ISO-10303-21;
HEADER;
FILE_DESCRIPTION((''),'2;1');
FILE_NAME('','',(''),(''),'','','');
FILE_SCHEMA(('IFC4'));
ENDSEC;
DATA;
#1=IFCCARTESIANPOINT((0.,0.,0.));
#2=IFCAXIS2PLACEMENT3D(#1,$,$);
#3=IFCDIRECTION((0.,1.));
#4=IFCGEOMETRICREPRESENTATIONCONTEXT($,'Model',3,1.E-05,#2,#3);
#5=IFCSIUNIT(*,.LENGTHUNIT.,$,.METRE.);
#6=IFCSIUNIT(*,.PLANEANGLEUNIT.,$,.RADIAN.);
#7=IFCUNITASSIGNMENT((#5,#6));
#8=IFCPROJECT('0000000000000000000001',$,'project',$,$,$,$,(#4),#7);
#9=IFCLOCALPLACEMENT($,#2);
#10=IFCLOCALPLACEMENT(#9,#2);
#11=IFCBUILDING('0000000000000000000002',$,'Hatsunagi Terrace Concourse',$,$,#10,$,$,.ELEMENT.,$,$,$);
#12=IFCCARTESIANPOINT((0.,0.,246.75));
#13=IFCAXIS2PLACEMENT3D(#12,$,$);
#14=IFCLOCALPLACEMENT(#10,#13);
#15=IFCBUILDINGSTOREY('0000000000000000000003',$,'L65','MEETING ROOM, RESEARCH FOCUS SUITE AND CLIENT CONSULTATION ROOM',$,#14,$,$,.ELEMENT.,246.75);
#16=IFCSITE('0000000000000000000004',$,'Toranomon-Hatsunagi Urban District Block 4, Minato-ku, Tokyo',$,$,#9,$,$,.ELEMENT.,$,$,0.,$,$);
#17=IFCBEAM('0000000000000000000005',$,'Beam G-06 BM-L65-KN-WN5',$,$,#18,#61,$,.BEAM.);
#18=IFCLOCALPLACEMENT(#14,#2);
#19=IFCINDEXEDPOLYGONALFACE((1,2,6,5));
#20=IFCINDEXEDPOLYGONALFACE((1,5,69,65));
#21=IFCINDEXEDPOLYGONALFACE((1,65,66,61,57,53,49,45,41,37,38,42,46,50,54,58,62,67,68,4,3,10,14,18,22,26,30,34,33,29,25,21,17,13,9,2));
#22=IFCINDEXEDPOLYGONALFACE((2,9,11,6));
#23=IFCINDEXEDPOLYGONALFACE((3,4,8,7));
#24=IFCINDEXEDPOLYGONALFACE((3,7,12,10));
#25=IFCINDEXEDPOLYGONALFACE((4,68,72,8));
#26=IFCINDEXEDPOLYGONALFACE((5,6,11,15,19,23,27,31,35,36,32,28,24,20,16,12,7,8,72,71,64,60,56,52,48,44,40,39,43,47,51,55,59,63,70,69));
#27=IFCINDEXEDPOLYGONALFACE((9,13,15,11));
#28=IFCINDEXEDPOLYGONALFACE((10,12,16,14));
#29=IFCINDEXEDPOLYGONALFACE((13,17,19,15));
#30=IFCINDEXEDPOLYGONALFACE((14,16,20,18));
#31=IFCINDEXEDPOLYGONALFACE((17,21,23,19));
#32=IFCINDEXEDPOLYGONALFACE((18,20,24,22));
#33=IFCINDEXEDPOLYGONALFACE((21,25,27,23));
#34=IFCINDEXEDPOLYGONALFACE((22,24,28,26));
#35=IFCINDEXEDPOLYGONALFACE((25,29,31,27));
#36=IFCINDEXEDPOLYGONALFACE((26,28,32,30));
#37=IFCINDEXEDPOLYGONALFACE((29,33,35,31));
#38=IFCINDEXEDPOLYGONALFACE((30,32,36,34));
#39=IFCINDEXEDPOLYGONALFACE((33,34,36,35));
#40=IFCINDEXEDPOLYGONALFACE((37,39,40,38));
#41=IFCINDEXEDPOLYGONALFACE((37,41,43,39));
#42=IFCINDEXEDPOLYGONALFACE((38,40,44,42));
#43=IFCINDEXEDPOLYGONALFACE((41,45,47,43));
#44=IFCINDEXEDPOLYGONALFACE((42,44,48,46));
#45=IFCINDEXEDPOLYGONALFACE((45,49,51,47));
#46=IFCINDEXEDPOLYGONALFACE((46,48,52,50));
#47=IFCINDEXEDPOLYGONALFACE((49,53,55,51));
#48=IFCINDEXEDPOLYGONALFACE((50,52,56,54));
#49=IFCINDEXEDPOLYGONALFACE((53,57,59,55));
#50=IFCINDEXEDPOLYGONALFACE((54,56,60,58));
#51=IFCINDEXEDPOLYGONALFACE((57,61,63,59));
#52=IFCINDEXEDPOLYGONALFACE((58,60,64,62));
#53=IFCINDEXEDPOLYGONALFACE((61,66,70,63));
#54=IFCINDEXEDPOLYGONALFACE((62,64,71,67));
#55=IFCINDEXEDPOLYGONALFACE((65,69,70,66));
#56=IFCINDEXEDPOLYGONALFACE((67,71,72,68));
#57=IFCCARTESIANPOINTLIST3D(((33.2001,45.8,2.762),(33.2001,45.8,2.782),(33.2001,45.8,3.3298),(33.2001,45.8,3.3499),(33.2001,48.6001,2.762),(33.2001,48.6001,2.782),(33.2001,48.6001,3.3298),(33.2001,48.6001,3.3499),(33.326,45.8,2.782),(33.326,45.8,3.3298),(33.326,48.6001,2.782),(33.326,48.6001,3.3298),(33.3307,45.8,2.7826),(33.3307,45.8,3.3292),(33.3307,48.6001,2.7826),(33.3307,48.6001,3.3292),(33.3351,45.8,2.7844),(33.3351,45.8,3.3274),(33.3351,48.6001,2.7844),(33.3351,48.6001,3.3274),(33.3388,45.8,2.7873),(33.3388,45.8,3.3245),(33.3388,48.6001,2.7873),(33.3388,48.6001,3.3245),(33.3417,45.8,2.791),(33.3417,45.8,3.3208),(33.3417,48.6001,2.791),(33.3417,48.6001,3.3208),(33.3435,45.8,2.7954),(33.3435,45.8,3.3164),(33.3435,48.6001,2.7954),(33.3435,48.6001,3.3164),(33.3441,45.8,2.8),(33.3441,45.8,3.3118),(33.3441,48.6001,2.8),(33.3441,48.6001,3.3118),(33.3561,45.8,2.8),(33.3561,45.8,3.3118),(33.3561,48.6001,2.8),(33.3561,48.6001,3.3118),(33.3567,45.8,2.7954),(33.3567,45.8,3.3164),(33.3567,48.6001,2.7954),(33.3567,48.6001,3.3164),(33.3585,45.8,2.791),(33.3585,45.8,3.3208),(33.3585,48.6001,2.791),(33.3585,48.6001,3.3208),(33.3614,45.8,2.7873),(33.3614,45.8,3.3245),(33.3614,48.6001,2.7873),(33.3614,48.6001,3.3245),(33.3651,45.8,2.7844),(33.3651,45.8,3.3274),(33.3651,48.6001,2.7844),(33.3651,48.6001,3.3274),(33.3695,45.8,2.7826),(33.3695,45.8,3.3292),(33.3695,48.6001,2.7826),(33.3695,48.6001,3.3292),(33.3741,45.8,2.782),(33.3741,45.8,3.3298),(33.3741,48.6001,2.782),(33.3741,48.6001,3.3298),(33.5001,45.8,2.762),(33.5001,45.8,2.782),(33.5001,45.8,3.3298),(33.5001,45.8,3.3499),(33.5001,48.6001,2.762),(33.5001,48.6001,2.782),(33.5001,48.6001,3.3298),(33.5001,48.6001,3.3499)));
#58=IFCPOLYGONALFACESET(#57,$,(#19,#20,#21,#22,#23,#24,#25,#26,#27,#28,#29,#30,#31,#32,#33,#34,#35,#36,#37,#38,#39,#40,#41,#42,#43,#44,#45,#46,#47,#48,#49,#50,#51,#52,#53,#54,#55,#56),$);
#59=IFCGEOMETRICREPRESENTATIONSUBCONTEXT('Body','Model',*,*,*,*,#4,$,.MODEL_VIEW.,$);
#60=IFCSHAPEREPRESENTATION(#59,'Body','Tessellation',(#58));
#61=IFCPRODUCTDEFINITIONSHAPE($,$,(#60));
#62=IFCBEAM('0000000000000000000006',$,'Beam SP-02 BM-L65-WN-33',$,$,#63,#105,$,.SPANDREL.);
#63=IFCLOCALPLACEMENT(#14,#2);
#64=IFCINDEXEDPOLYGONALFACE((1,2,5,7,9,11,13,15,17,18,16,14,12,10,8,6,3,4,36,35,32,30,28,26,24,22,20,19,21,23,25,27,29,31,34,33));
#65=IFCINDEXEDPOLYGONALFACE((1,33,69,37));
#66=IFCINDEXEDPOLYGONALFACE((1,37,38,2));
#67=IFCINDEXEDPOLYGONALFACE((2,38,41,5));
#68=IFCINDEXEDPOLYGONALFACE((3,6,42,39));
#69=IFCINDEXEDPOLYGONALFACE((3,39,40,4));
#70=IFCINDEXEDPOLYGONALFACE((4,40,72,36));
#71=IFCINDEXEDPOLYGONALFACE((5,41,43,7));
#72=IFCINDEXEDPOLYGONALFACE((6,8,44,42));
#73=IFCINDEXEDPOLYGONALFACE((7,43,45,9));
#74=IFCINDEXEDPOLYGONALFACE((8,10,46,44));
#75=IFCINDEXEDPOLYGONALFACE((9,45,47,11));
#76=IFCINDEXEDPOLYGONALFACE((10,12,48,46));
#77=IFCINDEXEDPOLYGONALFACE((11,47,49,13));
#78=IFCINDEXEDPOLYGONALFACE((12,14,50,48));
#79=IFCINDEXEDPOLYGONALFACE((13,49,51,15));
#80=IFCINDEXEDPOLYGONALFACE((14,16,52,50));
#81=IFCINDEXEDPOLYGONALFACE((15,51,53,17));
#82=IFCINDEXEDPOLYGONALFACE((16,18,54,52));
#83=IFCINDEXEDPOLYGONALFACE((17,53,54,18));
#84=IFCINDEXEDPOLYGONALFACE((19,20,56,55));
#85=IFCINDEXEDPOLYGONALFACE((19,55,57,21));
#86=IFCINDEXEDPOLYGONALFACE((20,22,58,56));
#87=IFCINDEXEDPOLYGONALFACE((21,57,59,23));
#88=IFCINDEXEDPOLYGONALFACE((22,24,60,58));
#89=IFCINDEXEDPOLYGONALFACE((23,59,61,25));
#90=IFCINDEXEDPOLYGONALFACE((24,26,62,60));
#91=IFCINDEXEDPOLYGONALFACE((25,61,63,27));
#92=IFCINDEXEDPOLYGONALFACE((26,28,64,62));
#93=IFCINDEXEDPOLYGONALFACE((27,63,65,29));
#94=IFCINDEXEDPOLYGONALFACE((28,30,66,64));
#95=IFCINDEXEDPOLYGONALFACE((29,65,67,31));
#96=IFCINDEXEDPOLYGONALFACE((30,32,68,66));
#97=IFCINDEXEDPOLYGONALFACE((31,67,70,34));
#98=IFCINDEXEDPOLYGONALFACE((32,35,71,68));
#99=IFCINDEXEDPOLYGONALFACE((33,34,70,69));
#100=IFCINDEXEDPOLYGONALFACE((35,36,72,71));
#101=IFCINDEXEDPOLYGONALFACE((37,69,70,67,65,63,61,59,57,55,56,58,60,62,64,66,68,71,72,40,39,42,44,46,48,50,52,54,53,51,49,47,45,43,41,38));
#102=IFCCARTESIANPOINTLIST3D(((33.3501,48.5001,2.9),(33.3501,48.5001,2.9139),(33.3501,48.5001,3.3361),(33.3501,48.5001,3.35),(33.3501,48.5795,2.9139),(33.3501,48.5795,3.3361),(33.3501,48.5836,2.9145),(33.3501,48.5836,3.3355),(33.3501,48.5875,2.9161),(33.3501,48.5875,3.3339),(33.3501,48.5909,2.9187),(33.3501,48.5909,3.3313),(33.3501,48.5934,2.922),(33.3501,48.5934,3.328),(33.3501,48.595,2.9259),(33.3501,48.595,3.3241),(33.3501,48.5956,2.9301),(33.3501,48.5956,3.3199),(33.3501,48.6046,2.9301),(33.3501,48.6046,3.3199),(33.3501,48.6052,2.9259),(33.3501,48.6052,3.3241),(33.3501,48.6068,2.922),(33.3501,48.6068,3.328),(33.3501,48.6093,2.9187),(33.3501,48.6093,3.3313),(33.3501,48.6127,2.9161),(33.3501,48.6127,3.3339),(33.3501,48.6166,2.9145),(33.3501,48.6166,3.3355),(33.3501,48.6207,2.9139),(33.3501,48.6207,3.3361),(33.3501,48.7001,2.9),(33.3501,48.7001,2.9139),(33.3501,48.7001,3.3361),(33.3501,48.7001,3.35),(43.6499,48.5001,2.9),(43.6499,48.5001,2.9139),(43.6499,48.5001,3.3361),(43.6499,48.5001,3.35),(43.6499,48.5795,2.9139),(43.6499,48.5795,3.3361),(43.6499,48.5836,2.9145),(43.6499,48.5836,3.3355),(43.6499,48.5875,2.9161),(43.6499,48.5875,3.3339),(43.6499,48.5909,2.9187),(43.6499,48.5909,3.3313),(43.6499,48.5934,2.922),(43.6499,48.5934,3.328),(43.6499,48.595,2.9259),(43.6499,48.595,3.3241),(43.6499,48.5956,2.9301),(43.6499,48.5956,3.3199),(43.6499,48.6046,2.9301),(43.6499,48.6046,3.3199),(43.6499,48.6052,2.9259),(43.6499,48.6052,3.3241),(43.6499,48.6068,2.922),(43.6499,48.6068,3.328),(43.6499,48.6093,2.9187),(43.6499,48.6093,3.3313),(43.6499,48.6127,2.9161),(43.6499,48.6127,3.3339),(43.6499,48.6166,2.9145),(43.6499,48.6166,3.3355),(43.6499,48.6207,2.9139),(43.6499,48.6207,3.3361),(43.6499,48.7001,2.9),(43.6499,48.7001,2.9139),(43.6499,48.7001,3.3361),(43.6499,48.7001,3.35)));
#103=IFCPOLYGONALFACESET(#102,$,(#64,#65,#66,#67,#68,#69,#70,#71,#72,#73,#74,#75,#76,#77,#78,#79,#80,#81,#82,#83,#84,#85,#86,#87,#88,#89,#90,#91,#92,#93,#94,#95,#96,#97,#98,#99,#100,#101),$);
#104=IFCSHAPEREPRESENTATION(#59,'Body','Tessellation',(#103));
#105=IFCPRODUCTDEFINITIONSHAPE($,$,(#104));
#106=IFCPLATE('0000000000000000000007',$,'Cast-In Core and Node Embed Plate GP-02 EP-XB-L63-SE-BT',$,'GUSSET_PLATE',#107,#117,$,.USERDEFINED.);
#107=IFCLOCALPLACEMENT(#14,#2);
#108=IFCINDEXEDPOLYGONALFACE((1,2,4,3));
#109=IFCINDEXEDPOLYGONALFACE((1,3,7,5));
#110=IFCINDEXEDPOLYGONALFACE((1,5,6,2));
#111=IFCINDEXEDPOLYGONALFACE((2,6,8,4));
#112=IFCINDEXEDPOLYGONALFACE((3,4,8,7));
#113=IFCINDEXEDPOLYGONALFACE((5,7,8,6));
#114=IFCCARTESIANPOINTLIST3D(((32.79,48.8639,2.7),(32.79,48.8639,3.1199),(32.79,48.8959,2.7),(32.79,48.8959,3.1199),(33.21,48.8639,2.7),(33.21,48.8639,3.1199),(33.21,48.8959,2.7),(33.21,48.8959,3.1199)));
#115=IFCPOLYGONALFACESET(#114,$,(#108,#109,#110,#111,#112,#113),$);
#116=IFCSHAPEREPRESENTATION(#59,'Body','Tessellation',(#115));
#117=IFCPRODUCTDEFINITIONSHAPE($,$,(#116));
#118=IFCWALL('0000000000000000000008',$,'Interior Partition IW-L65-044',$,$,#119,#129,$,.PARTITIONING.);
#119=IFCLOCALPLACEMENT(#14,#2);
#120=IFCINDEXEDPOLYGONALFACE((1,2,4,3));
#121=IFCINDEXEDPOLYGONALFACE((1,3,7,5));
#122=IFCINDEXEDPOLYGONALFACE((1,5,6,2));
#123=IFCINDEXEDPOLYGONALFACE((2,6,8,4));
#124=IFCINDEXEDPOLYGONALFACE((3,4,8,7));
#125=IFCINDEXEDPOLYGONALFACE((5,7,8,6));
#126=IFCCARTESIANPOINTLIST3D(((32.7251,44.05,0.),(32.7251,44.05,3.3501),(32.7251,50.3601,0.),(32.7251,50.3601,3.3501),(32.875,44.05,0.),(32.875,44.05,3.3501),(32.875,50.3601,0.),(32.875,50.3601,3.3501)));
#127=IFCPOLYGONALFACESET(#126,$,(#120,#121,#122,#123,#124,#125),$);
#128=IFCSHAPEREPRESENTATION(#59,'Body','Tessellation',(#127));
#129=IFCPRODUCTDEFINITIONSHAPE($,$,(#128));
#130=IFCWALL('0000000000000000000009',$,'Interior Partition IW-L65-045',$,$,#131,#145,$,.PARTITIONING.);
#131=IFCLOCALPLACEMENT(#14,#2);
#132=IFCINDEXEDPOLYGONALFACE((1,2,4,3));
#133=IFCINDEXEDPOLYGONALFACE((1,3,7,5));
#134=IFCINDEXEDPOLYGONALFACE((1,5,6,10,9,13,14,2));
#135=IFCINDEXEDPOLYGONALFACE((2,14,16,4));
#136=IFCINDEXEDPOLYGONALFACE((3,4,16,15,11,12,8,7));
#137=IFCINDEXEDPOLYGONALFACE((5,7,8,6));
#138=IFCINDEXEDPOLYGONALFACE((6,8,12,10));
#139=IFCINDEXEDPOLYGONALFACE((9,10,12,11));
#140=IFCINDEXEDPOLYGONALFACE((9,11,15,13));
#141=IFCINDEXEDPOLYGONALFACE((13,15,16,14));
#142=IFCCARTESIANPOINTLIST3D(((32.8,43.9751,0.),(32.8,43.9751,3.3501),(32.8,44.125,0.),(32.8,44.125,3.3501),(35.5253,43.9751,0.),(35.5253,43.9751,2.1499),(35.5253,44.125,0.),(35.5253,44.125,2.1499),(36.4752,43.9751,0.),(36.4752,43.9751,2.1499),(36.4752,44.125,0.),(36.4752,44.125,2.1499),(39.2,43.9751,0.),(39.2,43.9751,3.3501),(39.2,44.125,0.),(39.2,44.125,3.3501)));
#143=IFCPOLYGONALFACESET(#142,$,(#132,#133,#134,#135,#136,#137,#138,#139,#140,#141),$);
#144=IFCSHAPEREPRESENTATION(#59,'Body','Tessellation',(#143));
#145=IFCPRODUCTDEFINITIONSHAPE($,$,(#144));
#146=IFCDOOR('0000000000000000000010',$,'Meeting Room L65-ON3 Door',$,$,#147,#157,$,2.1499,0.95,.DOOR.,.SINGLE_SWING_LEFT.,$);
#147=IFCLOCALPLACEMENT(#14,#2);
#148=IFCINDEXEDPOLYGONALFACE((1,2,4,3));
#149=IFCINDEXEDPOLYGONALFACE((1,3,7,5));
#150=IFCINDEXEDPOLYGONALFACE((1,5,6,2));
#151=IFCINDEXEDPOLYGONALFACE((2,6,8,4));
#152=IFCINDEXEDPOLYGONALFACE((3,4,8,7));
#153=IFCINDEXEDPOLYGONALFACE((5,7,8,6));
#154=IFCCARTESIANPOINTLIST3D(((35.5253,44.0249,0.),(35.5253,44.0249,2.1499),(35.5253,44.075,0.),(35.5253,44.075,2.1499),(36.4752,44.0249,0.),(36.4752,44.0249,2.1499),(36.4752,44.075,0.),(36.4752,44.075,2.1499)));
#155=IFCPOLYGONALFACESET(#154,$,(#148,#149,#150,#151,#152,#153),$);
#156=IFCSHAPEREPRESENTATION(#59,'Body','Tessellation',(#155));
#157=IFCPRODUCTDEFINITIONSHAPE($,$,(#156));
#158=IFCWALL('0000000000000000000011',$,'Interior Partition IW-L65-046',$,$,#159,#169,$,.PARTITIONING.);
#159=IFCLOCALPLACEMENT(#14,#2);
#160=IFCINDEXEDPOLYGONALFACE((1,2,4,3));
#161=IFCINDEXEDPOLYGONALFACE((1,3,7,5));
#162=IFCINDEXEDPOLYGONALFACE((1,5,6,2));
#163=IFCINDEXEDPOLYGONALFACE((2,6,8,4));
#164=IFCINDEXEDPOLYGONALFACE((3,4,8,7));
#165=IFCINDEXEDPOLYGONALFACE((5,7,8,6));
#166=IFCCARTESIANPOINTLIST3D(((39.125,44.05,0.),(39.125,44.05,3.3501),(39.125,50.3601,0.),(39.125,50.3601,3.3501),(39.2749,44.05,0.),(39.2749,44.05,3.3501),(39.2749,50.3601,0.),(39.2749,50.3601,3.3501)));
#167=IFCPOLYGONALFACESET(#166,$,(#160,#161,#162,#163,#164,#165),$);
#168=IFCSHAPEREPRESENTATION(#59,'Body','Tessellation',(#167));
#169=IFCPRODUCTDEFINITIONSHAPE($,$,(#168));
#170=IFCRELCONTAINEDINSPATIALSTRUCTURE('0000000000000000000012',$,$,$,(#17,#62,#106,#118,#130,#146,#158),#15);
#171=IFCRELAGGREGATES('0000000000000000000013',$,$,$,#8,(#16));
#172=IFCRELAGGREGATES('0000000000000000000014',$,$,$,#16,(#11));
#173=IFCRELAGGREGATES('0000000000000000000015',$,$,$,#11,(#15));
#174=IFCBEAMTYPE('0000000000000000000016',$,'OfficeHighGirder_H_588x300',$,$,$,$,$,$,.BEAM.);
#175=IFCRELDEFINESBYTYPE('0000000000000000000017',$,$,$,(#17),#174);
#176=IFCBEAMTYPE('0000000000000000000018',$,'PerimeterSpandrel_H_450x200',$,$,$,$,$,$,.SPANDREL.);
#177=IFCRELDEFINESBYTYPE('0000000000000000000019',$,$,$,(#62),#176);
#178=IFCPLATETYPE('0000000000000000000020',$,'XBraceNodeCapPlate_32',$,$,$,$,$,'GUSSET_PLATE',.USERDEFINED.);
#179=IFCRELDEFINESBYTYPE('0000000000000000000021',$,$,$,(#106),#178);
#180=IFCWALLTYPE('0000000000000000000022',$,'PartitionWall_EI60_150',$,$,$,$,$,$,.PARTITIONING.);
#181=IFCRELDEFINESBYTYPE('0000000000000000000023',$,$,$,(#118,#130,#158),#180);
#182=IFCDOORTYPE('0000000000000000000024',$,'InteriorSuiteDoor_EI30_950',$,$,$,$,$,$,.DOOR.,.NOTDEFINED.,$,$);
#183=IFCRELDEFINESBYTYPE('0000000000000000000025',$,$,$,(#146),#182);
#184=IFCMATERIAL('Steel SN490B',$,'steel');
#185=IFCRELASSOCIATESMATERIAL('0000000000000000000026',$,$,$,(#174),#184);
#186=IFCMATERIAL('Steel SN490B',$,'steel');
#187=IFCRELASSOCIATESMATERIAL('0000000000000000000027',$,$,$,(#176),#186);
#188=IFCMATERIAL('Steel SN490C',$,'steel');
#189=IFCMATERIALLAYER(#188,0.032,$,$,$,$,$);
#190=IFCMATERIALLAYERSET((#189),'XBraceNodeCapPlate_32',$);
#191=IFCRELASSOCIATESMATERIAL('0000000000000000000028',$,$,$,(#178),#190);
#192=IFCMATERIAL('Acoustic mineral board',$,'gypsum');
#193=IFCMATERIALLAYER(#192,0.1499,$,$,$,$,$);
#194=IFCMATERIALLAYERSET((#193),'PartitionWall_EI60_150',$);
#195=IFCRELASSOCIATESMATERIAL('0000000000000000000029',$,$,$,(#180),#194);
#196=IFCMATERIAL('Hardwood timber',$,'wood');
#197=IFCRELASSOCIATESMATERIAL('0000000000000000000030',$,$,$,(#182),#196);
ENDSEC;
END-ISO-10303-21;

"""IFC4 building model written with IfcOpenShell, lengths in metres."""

from ifc_helpers import new_model, si_unit, direction, frame, frame_2d, origin, origin_2d, place, context, subcontext, project, spatial, rectangle, i_section, extrude, material, layer, layer_set, material_profile, profile_set, type_object, element, fill, save


model = new_model("IFC4")

# Units and contexts
model_context = context("Model", 3, precision=1e-05, world=origin(), true_north=direction((0.0, 1.0)))
body_context = subcontext(model_context, "Body", "Model", "MODEL_VIEW")
ifc_project = project(units=[si_unit("LENGTHUNIT", "METRE"), si_unit("PLANEANGLEUNIT", "RADIAN")], contexts=[model_context])

# Site, building, storey
site_placement = place(None, origin())
site = spatial("IfcSite", under=ifc_project, at=site_placement, Name="Toranomon-Hatsunagi Urban District Block 4, Minato-ku, Tokyo", CompositionType="ELEMENT", RefElevation=0.0)
building_placement = place(site_placement, origin())
building = spatial("IfcBuilding", under=site, at=building_placement, Name="Hatsunagi Terrace Concourse", CompositionType="ELEMENT")
storey_placement = place(building_placement, frame((0.0, 0.0, 246.75)))
storey = spatial("IfcBuildingStorey", under=building, at=storey_placement, Name="L65", Description="MEETING ROOM, RESEARCH FOCUS SUITE AND CLIENT CONSULTATION ROOM", CompositionType="ELEMENT", Elevation=246.75)

# Beams
ifc_material_1 = material(Name="Steel SN490B", Category="steel")
ifc_material_profile_1 = material_profile(ifc_material_1, i_section(OverallWidth=0.3, OverallDepth=0.5879, WebThickness=0.012, FlangeThickness=0.02, FilletRadius=0.0181, at=origin_2d()), Name="H-588x300x12x20")
ifc_profile_set_1 = profile_set([ifc_material_profile_1], Name="Steel SN490B")
beam_type_1 = type_object("IfcBeamType", Name="OfficeHighGirder_H_588x300", PredefinedType="BEAM", material=ifc_profile_set_1)
beam_1_placement = place(storey_placement, frame((33.3501, 45.8, 3.0559), z_axis=(0.0, 1.0, 0.0), x_axis=(-1.0, 0.0, 0.0)))
element("IfcBeam", 1, at=beam_1_placement, inside=storey, type_object=beam_type_1, Name="Beam G-06 BM-L65-KN-WN5", PredefinedType="BEAM", context=body_context, shape_type="SweptSolid", body=[
    extrude(i_section(OverallWidth=0.3, OverallDepth=0.5879, WebThickness=0.012, FlangeThickness=0.02, FilletRadius=0.0181, at=origin_2d()), origin(), (0.0, 0.0, 1.0), 2.8),
])
ifc_material_2 = material(Name="Steel SN490B", Category="steel")
ifc_material_profile_2 = material_profile(ifc_material_2, i_section(OverallWidth=0.2, OverallDepth=0.45, WebThickness=0.009, FlangeThickness=0.0139, FilletRadius=0.0161, at=origin_2d()), Name="H-450x200x9x14")
ifc_profile_set_2 = profile_set([ifc_material_profile_2], Name="Steel SN490B")
beam_type_2 = type_object("IfcBeamType", Name="PerimeterSpandrel_H_450x200", PredefinedType="SPANDREL", material=ifc_profile_set_2)
beam_2_placement = place(storey_placement, frame((33.3501, 48.6001, 3.125), z_axis=(1.0, 0.0, 0.0), x_axis=(0.0, 1.0, 0.0)))
element("IfcBeam", 2, at=beam_2_placement, inside=storey, type_object=beam_type_2, Name="Beam SP-02 BM-L65-WN-33", PredefinedType="SPANDREL", context=body_context, shape_type="SweptSolid", body=[
    extrude(i_section(OverallWidth=0.2, OverallDepth=0.45, WebThickness=0.009, FlangeThickness=0.0139, FilletRadius=0.0161, at=origin_2d()), origin(), (0.0, 0.0, 1.0), 10.2998),
])

# Plate
ifc_material_3 = material(Name="Steel SN490C", Category="steel")
ifc_layer_1 = layer(ifc_material_3, 0.032)
ifc_layer_set_1 = layer_set([ifc_layer_1], Name="XBraceNodeCapPlate_32")
plate_type = type_object("IfcPlateType", Name="XBraceNodeCapPlate_32", ElementType="GUSSET_PLATE", PredefinedType="USERDEFINED", material=ifc_layer_set_1)
plate_placement = place(storey_placement, frame((33.0, 48.8799, 2.7), z_axis=(0.0, 0.0, 1.0), x_axis=(1.0, 0.0, 0.0)))
element("IfcPlate", 3, at=plate_placement, inside=storey, type_object=plate_type, Name="Cast-In Core and Node Embed Plate GP-02 EP-XB-L63-SE-BT", ObjectType="GUSSET_PLATE", PredefinedType="USERDEFINED", context=body_context, shape_type="SweptSolid", body=[
    extrude(rectangle(XDim=0.4199, YDim=0.032, at=origin_2d()), origin(), (0.0, 0.0, 1.0), 0.4199),
])

# Wall
ifc_material_4 = material(Name="Acoustic mineral board", Category="gypsum")
ifc_layer_2 = layer(ifc_material_4, 0.1499)
ifc_layer_set_2 = layer_set([ifc_layer_2], Name="PartitionWall_EI60_150")
wall_type_1 = type_object("IfcWallType", Name="PartitionWall_EI60_150", PredefinedType="PARTITIONING", material=ifc_layer_set_2)
wall_1_placement = place(storey_placement, frame((32.8, 44.05, 0.0), z_axis=(0.0, 0.0, 1.0), x_axis=(0.0, 1.0, 0.0)))
element("IfcWall", 4, at=wall_1_placement, inside=storey, type_object=wall_type_1, Name="Interior Partition IW-L65-044", PredefinedType="PARTITIONING", context=body_context, shape_type="SweptSolid", body=[
    extrude(rectangle(XDim=6.3101, YDim=0.1499, at=frame_2d((3.155, 0.0))), origin(), (0.0, 0.0, 1.0), 3.3501),
])

# Wall, opening, door
wall_2_placement = place(storey_placement, frame((32.8, 44.05, 0.0), z_axis=(0.0, 0.0, 1.0), x_axis=(1.0, 0.0, 0.0)))
wall_2 = element("IfcWall", 5, at=wall_2_placement, inside=storey, type_object=wall_type_1, Name="Interior Partition IW-L65-045", PredefinedType="PARTITIONING", context=body_context, shape_type="SweptSolid", body=[
    extrude(rectangle(XDim=6.3999, YDim=0.1499, at=frame_2d((3.2, 0.0))), origin(), (0.0, 0.0, 1.0), 3.3501),
])
opening_1_placement = place(wall_2_placement, frame((2.7251, 0.0, 0.0)))
opening_1 = element("IfcOpeningElement", 6, at=opening_1_placement, cuts=wall_2, PredefinedType="OPENING", context=body_context, shape_type="SweptSolid", body=[
    extrude(rectangle(XDim=0.95, YDim=2.1499, at=frame_2d((0.4751, 1.075))), frame((0.0, 0.085, 0.0), z_axis=(0.0, -1.0, 0.0), x_axis=(1.0, 0.0, 0.0)), (0.0, 0.0, 1.0), 0.1699),
])
ifc_material_5 = material(Name="Hardwood timber", Category="wood")
door_type = type_object("IfcDoorType", Name="InteriorSuiteDoor_EI30_950", OperationType="NOTDEFINED", PredefinedType="DOOR", material=ifc_material_5)
door_1_placement = place(opening_1_placement, origin())
door_1 = element("IfcDoor", 7, at=door_1_placement, inside=storey, type_object=door_type, Name="Meeting Room L65-ON3 Door", OperationType="SINGLE_SWING_LEFT", OverallHeight=2.1499, OverallWidth=0.95, PredefinedType="DOOR", context=body_context, shape_type="SweptSolid", body=[
    extrude(rectangle(XDim=0.95, YDim=2.1499, at=frame_2d((0.4751, 1.075))), frame((0.0, 0.0249, 0.0), z_axis=(0.0, -1.0, 0.0), x_axis=(1.0, 0.0, 0.0)), (0.0, 0.0, 1.0), 0.05),
])
fill(opening_1, door_1)

# Wall
wall_3_placement = place(storey_placement, frame((39.2, 44.05, 0.0), z_axis=(0.0, 0.0, 1.0), x_axis=(0.0, 1.0, 0.0)))
element("IfcWall", 8, at=wall_3_placement, inside=storey, type_object=wall_type_1, Name="Interior Partition IW-L65-046", PredefinedType="PARTITIONING", context=body_context, shape_type="SweptSolid", body=[
    extrude(rectangle(XDim=6.3101, YDim=0.1499, at=frame_2d((3.155, 0.0))), origin(), (0.0, 0.0, 1.0), 3.3501),
])

save(model, "model.ifc")
